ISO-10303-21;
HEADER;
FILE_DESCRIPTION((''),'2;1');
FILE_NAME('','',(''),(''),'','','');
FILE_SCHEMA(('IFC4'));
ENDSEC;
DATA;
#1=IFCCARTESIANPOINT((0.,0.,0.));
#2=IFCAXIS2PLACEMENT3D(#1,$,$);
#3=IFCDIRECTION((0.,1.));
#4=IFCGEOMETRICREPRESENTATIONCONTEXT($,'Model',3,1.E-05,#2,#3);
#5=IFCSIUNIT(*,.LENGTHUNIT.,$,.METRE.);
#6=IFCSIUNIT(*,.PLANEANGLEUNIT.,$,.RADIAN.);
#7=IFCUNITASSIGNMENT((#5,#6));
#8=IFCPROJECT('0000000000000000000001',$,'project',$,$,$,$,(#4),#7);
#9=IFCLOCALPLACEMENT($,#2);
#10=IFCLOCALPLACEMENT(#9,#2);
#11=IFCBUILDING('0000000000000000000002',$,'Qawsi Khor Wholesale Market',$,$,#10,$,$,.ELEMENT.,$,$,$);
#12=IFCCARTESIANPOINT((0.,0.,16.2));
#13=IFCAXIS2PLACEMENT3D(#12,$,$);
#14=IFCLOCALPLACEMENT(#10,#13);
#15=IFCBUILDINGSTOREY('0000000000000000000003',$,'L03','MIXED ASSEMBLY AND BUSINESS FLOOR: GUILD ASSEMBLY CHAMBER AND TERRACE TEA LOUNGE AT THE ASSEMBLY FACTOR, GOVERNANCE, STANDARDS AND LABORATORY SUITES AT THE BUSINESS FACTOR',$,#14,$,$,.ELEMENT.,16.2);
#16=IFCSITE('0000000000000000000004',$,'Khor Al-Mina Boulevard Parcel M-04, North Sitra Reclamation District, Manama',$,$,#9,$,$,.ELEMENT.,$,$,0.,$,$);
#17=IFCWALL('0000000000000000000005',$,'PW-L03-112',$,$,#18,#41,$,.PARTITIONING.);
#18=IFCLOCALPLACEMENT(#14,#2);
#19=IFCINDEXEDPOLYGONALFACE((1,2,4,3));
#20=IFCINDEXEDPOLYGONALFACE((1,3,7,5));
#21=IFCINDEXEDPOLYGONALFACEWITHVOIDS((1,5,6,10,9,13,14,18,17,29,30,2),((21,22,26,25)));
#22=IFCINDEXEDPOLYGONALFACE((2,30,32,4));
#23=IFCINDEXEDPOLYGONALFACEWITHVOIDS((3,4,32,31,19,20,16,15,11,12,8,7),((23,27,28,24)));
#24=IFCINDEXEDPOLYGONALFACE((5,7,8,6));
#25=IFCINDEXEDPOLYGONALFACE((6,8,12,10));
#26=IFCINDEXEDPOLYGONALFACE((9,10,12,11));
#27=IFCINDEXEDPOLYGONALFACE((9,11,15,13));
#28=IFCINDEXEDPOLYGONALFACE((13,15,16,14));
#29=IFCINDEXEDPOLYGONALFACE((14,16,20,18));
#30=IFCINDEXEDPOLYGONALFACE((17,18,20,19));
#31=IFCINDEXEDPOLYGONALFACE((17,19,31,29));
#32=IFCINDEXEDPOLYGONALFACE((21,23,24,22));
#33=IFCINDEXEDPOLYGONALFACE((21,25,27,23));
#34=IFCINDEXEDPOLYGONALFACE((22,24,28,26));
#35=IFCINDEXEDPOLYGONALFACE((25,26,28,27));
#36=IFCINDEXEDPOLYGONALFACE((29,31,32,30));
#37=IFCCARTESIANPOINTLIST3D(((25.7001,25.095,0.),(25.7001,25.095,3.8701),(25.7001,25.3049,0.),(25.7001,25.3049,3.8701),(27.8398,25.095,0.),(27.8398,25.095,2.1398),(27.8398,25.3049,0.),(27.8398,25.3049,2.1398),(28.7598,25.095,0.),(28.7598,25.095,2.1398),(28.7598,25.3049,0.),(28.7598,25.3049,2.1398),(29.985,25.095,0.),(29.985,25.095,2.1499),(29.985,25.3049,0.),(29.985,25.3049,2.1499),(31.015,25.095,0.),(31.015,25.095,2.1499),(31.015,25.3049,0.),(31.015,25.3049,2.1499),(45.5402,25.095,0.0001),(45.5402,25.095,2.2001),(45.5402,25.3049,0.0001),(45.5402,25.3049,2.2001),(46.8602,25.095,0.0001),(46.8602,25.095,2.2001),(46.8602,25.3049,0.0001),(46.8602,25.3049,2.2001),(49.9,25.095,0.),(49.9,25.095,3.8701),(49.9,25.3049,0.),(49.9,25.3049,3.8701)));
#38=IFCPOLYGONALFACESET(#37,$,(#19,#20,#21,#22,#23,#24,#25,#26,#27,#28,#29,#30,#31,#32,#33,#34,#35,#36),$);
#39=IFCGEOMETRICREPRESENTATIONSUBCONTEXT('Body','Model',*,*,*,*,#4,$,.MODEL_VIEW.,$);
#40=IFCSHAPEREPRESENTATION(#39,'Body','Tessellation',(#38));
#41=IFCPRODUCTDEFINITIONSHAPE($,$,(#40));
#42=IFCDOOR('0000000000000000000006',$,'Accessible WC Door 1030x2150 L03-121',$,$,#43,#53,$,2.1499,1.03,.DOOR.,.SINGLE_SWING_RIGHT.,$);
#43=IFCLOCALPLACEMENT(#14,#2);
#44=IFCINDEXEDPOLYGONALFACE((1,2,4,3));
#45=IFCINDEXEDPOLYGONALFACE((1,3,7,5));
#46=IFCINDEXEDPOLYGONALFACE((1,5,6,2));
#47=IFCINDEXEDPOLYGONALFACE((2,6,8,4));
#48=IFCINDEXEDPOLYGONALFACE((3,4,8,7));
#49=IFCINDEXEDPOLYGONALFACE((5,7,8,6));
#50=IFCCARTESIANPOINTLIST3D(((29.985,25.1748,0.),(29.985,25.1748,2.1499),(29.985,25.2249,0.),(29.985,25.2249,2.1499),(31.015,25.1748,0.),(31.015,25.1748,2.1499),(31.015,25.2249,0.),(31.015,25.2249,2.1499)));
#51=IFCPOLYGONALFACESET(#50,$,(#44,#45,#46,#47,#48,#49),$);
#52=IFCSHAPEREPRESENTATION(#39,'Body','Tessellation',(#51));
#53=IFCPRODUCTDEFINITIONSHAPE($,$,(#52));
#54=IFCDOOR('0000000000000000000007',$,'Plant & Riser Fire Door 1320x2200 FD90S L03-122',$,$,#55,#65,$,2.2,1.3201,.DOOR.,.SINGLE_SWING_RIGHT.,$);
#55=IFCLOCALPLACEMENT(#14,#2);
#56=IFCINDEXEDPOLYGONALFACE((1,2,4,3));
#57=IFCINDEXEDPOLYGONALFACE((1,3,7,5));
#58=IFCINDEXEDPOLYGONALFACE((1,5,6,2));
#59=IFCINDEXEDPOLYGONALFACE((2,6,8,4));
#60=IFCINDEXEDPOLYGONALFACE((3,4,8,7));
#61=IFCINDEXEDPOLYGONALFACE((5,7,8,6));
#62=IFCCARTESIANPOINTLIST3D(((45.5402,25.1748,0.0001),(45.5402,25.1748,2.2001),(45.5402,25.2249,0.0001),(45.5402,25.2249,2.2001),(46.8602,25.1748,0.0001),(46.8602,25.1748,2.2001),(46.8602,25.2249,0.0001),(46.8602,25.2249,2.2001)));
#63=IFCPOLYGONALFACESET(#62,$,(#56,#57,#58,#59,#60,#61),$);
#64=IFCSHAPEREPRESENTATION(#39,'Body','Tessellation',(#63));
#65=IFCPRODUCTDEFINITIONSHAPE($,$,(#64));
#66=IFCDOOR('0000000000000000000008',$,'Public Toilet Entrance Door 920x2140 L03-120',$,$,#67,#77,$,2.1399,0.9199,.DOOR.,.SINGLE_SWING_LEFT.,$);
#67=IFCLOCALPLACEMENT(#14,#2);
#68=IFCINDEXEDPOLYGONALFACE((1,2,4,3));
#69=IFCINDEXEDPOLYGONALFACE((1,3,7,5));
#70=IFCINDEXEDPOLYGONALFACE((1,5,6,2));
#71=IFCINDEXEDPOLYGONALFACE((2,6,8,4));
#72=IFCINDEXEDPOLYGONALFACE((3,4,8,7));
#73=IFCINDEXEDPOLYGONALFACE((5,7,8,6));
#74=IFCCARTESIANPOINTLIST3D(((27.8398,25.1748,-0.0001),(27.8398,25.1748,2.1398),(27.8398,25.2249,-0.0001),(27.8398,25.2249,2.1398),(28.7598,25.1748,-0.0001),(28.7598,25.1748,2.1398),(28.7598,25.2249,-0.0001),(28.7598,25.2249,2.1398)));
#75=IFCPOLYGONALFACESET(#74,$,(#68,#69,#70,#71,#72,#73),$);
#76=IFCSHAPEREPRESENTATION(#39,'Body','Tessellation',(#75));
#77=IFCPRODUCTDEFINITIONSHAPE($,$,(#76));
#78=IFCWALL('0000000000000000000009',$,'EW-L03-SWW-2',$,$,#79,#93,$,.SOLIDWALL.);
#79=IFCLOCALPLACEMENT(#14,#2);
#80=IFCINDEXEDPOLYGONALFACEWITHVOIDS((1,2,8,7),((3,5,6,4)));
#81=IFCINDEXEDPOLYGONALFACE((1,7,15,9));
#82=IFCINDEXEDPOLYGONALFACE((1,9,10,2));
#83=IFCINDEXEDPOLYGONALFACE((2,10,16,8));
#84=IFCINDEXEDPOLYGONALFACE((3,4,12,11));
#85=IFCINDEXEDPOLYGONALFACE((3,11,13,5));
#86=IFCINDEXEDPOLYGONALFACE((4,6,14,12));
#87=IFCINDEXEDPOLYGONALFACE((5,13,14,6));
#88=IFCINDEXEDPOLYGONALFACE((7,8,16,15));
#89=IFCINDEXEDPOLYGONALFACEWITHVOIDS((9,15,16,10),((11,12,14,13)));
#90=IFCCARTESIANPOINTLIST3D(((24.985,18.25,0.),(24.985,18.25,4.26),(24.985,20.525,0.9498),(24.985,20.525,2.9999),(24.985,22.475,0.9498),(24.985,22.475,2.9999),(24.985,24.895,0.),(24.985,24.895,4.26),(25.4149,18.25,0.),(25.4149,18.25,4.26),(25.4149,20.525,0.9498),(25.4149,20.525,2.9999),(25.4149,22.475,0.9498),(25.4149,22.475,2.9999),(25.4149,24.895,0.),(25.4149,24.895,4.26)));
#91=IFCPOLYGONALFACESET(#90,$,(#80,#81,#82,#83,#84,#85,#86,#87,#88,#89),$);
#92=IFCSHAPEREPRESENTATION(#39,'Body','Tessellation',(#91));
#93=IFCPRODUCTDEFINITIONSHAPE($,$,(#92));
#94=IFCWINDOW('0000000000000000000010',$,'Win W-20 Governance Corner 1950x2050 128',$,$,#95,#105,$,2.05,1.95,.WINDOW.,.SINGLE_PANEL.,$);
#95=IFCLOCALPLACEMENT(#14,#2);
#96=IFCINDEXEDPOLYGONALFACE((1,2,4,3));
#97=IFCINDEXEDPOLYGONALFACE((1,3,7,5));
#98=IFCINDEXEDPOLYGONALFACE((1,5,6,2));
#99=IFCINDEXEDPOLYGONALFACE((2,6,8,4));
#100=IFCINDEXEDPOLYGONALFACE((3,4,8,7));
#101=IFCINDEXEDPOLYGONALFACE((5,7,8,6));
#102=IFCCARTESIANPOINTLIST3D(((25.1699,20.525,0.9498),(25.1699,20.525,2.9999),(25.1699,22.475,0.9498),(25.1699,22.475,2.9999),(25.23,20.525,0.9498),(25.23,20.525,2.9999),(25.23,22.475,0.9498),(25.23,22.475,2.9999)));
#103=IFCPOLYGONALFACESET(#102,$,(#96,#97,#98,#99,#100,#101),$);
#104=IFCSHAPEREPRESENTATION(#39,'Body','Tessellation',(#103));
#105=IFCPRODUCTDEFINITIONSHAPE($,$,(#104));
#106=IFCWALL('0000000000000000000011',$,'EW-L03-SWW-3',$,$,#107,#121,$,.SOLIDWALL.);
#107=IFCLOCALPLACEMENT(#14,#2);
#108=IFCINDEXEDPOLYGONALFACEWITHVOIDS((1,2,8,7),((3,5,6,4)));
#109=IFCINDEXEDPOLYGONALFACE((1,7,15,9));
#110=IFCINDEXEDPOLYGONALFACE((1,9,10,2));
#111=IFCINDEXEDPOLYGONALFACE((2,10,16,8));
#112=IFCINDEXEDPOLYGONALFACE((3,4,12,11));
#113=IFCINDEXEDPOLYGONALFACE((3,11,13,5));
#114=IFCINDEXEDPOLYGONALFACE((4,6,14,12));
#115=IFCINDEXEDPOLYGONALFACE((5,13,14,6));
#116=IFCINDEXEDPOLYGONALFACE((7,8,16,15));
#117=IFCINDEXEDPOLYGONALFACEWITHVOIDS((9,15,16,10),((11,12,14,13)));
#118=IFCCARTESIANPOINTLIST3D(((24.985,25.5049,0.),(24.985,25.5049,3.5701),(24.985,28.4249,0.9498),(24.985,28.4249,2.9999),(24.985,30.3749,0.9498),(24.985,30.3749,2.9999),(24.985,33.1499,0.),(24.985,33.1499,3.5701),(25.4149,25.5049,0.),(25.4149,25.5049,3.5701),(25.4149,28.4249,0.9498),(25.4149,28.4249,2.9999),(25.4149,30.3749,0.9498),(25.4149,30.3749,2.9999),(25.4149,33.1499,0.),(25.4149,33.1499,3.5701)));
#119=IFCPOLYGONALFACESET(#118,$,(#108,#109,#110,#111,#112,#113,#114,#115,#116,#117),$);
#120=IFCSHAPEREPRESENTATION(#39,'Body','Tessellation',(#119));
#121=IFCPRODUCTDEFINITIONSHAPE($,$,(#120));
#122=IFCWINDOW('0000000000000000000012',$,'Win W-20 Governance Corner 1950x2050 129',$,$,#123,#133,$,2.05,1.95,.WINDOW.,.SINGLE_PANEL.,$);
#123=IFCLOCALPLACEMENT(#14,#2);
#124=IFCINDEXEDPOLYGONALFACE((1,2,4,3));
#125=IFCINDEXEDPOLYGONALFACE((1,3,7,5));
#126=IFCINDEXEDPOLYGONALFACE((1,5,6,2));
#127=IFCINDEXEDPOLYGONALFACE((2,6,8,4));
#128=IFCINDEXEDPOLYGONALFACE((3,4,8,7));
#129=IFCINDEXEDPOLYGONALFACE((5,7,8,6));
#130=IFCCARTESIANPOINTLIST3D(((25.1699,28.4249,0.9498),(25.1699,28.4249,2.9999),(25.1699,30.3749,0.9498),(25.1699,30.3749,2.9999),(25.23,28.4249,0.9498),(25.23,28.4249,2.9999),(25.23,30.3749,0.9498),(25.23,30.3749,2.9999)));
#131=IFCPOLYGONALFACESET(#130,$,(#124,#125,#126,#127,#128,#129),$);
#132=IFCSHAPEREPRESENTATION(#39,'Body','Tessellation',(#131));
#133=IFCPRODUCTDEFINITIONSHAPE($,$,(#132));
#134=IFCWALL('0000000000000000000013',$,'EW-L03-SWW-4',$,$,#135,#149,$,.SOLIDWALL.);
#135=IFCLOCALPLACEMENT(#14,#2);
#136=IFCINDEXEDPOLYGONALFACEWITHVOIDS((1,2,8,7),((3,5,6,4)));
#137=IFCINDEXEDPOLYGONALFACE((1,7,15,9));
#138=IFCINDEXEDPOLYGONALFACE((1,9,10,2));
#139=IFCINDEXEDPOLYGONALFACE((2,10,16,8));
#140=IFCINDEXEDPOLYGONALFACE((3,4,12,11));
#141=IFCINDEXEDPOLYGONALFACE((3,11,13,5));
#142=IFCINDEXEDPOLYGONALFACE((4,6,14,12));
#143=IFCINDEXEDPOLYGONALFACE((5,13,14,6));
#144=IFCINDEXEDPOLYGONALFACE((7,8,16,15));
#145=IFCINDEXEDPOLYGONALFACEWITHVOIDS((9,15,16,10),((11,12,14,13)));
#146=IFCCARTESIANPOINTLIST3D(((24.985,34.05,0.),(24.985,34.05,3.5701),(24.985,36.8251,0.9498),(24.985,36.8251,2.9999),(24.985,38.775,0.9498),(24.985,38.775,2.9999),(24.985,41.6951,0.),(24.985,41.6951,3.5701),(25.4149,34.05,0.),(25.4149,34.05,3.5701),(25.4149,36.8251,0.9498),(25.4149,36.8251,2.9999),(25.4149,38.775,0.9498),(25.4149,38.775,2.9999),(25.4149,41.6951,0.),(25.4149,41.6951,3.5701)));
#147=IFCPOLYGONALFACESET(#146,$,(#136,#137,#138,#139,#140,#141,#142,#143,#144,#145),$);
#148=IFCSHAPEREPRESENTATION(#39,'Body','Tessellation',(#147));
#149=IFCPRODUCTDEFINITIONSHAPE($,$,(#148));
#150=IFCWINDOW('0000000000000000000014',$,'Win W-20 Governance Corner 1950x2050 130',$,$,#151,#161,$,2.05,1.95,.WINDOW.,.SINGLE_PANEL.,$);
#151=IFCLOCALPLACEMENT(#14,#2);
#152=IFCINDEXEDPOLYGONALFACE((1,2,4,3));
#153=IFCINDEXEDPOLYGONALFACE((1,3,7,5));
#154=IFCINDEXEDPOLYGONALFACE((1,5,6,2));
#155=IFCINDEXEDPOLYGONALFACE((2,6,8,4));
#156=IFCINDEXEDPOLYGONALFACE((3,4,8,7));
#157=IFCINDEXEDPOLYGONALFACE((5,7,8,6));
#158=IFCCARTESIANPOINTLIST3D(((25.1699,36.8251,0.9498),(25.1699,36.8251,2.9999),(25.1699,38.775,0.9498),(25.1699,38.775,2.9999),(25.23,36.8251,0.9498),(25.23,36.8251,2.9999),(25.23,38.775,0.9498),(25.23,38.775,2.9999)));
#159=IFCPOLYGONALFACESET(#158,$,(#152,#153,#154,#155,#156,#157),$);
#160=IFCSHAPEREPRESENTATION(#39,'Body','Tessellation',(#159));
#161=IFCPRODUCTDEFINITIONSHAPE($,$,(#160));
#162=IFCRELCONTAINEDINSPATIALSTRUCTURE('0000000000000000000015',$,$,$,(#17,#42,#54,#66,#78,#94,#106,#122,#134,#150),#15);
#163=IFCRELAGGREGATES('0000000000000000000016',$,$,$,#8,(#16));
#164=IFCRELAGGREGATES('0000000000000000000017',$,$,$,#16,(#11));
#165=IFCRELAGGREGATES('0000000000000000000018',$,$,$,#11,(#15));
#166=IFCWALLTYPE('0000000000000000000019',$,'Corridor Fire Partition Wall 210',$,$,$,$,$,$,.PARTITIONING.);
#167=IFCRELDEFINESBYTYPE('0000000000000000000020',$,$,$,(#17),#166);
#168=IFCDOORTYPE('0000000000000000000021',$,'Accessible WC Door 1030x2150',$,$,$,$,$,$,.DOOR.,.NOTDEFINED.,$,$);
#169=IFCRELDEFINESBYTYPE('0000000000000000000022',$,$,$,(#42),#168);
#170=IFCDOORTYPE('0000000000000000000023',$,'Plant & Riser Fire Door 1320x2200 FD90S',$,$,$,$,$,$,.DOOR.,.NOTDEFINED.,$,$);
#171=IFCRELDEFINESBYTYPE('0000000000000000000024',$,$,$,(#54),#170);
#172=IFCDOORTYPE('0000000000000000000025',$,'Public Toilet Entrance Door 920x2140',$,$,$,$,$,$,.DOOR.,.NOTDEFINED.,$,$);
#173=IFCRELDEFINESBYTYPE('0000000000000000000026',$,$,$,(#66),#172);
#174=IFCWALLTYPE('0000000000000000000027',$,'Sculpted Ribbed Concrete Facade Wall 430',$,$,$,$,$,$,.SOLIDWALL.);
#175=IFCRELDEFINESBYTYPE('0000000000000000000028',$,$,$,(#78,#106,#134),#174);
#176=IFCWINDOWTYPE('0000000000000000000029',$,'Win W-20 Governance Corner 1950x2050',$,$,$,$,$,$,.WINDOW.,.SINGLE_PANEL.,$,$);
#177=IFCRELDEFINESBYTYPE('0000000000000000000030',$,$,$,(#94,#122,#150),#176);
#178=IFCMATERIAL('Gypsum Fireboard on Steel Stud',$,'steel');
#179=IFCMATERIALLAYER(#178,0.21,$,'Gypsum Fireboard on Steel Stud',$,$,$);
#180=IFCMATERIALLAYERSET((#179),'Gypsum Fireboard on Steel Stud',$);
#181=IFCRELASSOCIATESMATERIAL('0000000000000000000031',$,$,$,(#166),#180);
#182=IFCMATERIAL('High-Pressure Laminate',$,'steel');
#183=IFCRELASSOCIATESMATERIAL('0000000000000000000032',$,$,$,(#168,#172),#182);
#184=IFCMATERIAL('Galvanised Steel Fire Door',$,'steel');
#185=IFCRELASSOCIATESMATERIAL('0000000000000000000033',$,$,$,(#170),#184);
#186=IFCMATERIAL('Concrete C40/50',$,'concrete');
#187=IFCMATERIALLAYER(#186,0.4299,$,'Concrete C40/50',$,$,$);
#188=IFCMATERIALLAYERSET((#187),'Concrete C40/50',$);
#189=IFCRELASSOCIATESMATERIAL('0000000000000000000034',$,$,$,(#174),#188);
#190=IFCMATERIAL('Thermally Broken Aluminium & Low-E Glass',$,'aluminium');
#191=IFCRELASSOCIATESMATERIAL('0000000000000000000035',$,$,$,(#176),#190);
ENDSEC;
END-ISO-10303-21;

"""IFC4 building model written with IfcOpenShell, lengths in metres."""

from ifc_helpers import new_model, si_unit, direction, frame, frame_2d, origin, place, context, subcontext, project, spatial, rectangle, extrude, material, layer, layer_set, type_object, element, fill, save


model = new_model("IFC4")

# Units and contexts
model_context = context("Model", 3, precision=1e-05, world=origin(), true_north=direction((0.0, 1.0)))
body_context = subcontext(model_context, "Body", "Model", "MODEL_VIEW")
ifc_project = project(units=[si_unit("LENGTHUNIT", "METRE"), si_unit("PLANEANGLEUNIT", "RADIAN")], contexts=[model_context])

# Site, building, storey
site_placement = place(None, origin())
site = spatial("IfcSite", under=ifc_project, at=site_placement, Name="Khor Al-Mina Boulevard Parcel M-04, North Sitra Reclamation District, Manama", CompositionType="ELEMENT", RefElevation=0.0)
building_placement = place(site_placement, origin())
building = spatial("IfcBuilding", under=site, at=building_placement, Name="Qawsi Khor Wholesale Market", CompositionType="ELEMENT")
storey_placement = place(building_placement, frame((0.0, 0.0, 16.2)))
storey = spatial("IfcBuildingStorey", under=building, at=storey_placement, Name="L03", Description="MIXED ASSEMBLY AND BUSINESS FLOOR: GUILD ASSEMBLY CHAMBER AND TERRACE TEA LOUNGE AT THE ASSEMBLY FACTOR, GOVERNANCE, STANDARDS AND LABORATORY SUITES AT THE BUSINESS FACTOR", CompositionType="ELEMENT", Elevation=16.2)

# Shared definitions
ifc_material_1 = material(Name="Concrete C40/50", Category="concrete")

# Wall, openings, doors
ifc_material_2 = material(Name="Gypsum Fireboard on Steel Stud", Category="steel")
ifc_layer_1 = layer(ifc_material_2, 0.21, Name="Gypsum Fireboard on Steel Stud")
ifc_layer_set_1 = layer_set([ifc_layer_1], Name="Gypsum Fireboard on Steel Stud")
wall_type_1 = type_object("IfcWallType", Name="Corridor Fire Partition Wall 210", PredefinedType="PARTITIONING", material=ifc_layer_set_1)
wall_1_placement = place(storey_placement, frame((25.7, 25.2, 0.0), z_axis=(0.0, 0.0, 1.0), x_axis=(1.0, 0.0, 0.0)))
wall_1 = element("IfcWall", 1, at=wall_1_placement, inside=storey, type_object=wall_type_1, Name="PW-L03-112", PredefinedType="PARTITIONING", context=body_context, shape_type="SweptSolid", body=[
    extrude(rectangle(XDim=24.2, YDim=0.21, at=frame_2d((12.1001, 0.0))), origin(), (0.0, 0.0, 1.0), 3.8701),
])
opening_1_placement = place(wall_1_placement, frame((2.1399, 0.0, 0.0)))
opening_1 = element("IfcOpeningElement", 2, at=opening_1_placement, cuts=wall_1, PredefinedType="OPENING", context=body_context, shape_type="SweptSolid", body=[
    extrude(rectangle(XDim=0.9199, YDim=2.1399, at=frame_2d((0.46, 1.0698))), frame((0.0, 0.115, 0.0), z_axis=(0.0, -1.0, 0.0), x_axis=(1.0, 0.0, 0.0)), (0.0, 0.0, 1.0), 0.23),
])
opening_2_placement = place(wall_1_placement, frame((4.2849, 0.0, 0.0)))
opening_2 = element("IfcOpeningElement", 3, at=opening_2_placement, cuts=wall_1, PredefinedType="OPENING", context=body_context, shape_type="SweptSolid", body=[
    extrude(rectangle(XDim=1.03, YDim=2.1499, at=frame_2d((0.5151, 1.075))), frame((0.0, 0.115, 0.0), z_axis=(0.0, -1.0, 0.0), x_axis=(1.0, 0.0, 0.0)), (0.0, 0.0, 1.0), 0.23),
])
opening_3_placement = place(wall_1_placement, frame((19.8401, 0.0, 0.0)))
opening_3 = element("IfcOpeningElement", 4, at=opening_3_placement, cuts=wall_1, PredefinedType="OPENING", context=body_context, shape_type="SweptSolid", body=[
    extrude(rectangle(XDim=1.3201, YDim=2.2, at=frame_2d((0.6602, 1.1001))), frame((0.0, 0.115, 0.0), z_axis=(0.0, -1.0, 0.0), x_axis=(1.0, 0.0, 0.0)), (0.0, 0.0, 1.0), 0.23),
])
ifc_material_3 = material(Name="High-Pressure Laminate", Category="steel")
door_type_1 = type_object("IfcDoorType", Name="Accessible WC Door 1030x2150", OperationType="NOTDEFINED", PredefinedType="DOOR", material=ifc_material_3)
door_1_placement = place(opening_2_placement, origin())
door_1 = element("IfcDoor", 5, at=door_1_placement, inside=storey, type_object=door_type_1, Name="Accessible WC Door 1030x2150 L03-121", OperationType="SINGLE_SWING_RIGHT", OverallHeight=2.1499, OverallWidth=1.03, PredefinedType="DOOR", context=body_context, shape_type="SweptSolid", body=[
    extrude(rectangle(XDim=1.03, YDim=2.1499, at=frame_2d((0.5151, 1.075))), frame((0.0, 0.0249, 0.0), z_axis=(0.0, -1.0, 0.0), x_axis=(1.0, 0.0, 0.0)), (0.0, 0.0, 1.0), 0.05),
])
fill(opening_2, door_1)
ifc_material_4 = material(Name="Galvanised Steel Fire Door", Category="steel")
door_type_2 = type_object("IfcDoorType", Name="Plant & Riser Fire Door 1320x2200 FD90S", OperationType="NOTDEFINED", PredefinedType="DOOR", material=ifc_material_4)
door_2_placement = place(opening_3_placement, origin())
door_2 = element("IfcDoor", 6, at=door_2_placement, inside=storey, type_object=door_type_2, Name="Plant & Riser Fire Door 1320x2200 FD90S L03-122", OperationType="SINGLE_SWING_RIGHT", OverallHeight=2.2, OverallWidth=1.3201, PredefinedType="DOOR", context=body_context, shape_type="SweptSolid", body=[
    extrude(rectangle(XDim=1.3201, YDim=2.2, at=frame_2d((0.6602, 1.1001))), frame((0.0, 0.0249, 0.0), z_axis=(0.0, -1.0, 0.0), x_axis=(1.0, 0.0, 0.0)), (0.0, 0.0, 1.0), 0.05),
])
fill(opening_3, door_2)
door_type_3 = type_object("IfcDoorType", Name="Public Toilet Entrance Door 920x2140", OperationType="NOTDEFINED", PredefinedType="DOOR", material=ifc_material_3)
door_3_placement = place(opening_1_placement, origin())
door_3 = element("IfcDoor", 7, at=door_3_placement, inside=storey, type_object=door_type_3, Name="Public Toilet Entrance Door 920x2140 L03-120", OperationType="SINGLE_SWING_LEFT", OverallHeight=2.1399, OverallWidth=0.9199, PredefinedType="DOOR", context=body_context, shape_type="SweptSolid", body=[
    extrude(rectangle(XDim=0.9199, YDim=2.1399, at=frame_2d((0.46, 1.0698))), frame((0.0, 0.0249, 0.0), z_axis=(0.0, -1.0, 0.0), x_axis=(1.0, 0.0, 0.0)), (0.0, 0.0, 1.0), 0.05),
])
fill(opening_1, door_3)

# Walls, openings, windows
ifc_layer_2 = layer(ifc_material_1, 0.4299, Name="Concrete C40/50")
ifc_layer_set_2 = layer_set([ifc_layer_2], Name="Concrete C40/50")
wall_type_2 = type_object("IfcWallType", Name="Sculpted Ribbed Concrete Facade Wall 430", PredefinedType="SOLIDWALL", material=ifc_layer_set_2)
wall_2_placement = place(storey_placement, frame((25.2, 18.25, 0.0), z_axis=(0.0, 0.0, 1.0), x_axis=(0.0, 1.0, 0.0)))
wall_2 = element("IfcWall", 8, at=wall_2_placement, inside=storey, type_object=wall_type_2, Name="EW-L03-SWW-2", PredefinedType="SOLIDWALL", context=body_context, shape_type="SweptSolid", body=[
    extrude(rectangle(XDim=6.645, YDim=0.4299, at=frame_2d((3.3225, 0.0))), origin(), (0.0, 0.0, 1.0), 4.26),
])
opening_4_placement = place(wall_2_placement, frame((2.2749, 0.0, 0.95)))
opening_4 = element("IfcOpeningElement", 9, at=opening_4_placement, cuts=wall_2, PredefinedType="OPENING", context=body_context, shape_type="SweptSolid", body=[
    extrude(rectangle(XDim=1.95, YDim=2.05, at=frame_2d((0.9751, 1.0249))), frame((0.0, 0.2249, 0.0), z_axis=(0.0, -1.0, 0.0), x_axis=(1.0, 0.0, 0.0)), (0.0, 0.0, 1.0), 0.45),
])
ifc_material_5 = material(Name="Thermally Broken Aluminium & Low-E Glass", Category="aluminium")
window_type = type_object("IfcWindowType", Name="Win W-20 Governance Corner 1950x2050", PartitioningType="SINGLE_PANEL", PredefinedType="WINDOW", material=ifc_material_5)
window_1_placement = place(opening_4_placement, origin())
window_1 = element("IfcWindow", 10, at=window_1_placement, inside=storey, type_object=window_type, Name="Win W-20 Governance Corner 1950x2050 128", OverallHeight=2.05, OverallWidth=1.95, PartitioningType="SINGLE_PANEL", PredefinedType="WINDOW", context=body_context, shape_type="SweptSolid", body=[
    extrude(rectangle(XDim=1.95, YDim=2.05, at=frame_2d((0.9751, 1.0249))), frame((0.0, 0.03, 0.0), z_axis=(0.0, -1.0, 0.0), x_axis=(1.0, 0.0, 0.0)), (0.0, 0.0, 1.0), 0.0601),
])
fill(opening_4, window_1)
wall_3_placement = place(storey_placement, frame((25.2, 25.5049, 0.0), z_axis=(0.0, 0.0, 1.0), x_axis=(0.0, 1.0, 0.0)))
wall_3 = element("IfcWall", 11, at=wall_3_placement, inside=storey, type_object=wall_type_2, Name="EW-L03-SWW-3", PredefinedType="SOLIDWALL", context=body_context, shape_type="SweptSolid", body=[
    extrude(rectangle(XDim=7.645, YDim=0.4299, at=frame_2d((3.8225, 0.0))), origin(), (0.0, 0.0, 1.0), 3.5701),
])
opening_5_placement = place(wall_3_placement, frame((2.9199, 0.0, 0.95)))
opening_5 = element("IfcOpeningElement", 12, at=opening_5_placement, cuts=wall_3, PredefinedType="OPENING", context=body_context, shape_type="SweptSolid", body=[
    extrude(rectangle(XDim=1.95, YDim=2.05, at=frame_2d((0.9751, 1.0249))), frame((0.0, 0.2249, 0.0), z_axis=(0.0, -1.0, 0.0), x_axis=(1.0, 0.0, 0.0)), (0.0, 0.0, 1.0), 0.45),
])
window_2_placement = place(opening_5_placement, origin())
window_2 = element("IfcWindow", 13, at=window_2_placement, inside=storey, type_object=window_type, Name="Win W-20 Governance Corner 1950x2050 129", OverallHeight=2.05, OverallWidth=1.95, PartitioningType="SINGLE_PANEL", PredefinedType="WINDOW", context=body_context, shape_type="SweptSolid", body=[
    extrude(rectangle(XDim=1.95, YDim=2.05, at=frame_2d((0.9751, 1.0249))), frame((0.0, 0.03, 0.0), z_axis=(0.0, -1.0, 0.0), x_axis=(1.0, 0.0, 0.0)), (0.0, 0.0, 1.0), 0.0601),
])
fill(opening_5, window_2)
wall_4_placement = place(storey_placement, frame((25.2, 34.05, 0.0), z_axis=(0.0, 0.0, 1.0), x_axis=(0.0, 1.0, 0.0)))
wall_4 = element("IfcWall", 14, at=wall_4_placement, inside=storey, type_object=wall_type_2, Name="EW-L03-SWW-4", PredefinedType="SOLIDWALL", context=body_context, shape_type="SweptSolid", body=[
    extrude(rectangle(XDim=7.645, YDim=0.4299, at=frame_2d((3.8225, 0.0))), origin(), (0.0, 0.0, 1.0), 3.5701),
])
opening_6_placement = place(wall_4_placement, frame((2.7749, 0.0, 0.95)))
opening_6 = element("IfcOpeningElement", 15, at=opening_6_placement, cuts=wall_4, PredefinedType="OPENING", context=body_context, shape_type="SweptSolid", body=[
    extrude(rectangle(XDim=1.95, YDim=2.05, at=frame_2d((0.9751, 1.0249))), frame((0.0, 0.2249, 0.0), z_axis=(0.0, -1.0, 0.0), x_axis=(1.0, 0.0, 0.0)), (0.0, 0.0, 1.0), 0.45),
])
window_3_placement = place(opening_6_placement, origin())
window_3 = element("IfcWindow", 16, at=window_3_placement, inside=storey, type_object=window_type, Name="Win W-20 Governance Corner 1950x2050 130", OverallHeight=2.05, OverallWidth=1.95, PartitioningType="SINGLE_PANEL", PredefinedType="WINDOW", context=body_context, shape_type="SweptSolid", body=[
    extrude(rectangle(XDim=1.95, YDim=2.05, at=frame_2d((0.9751, 1.0249))), frame((0.0, 0.03, 0.0), z_axis=(0.0, -1.0, 0.0), x_axis=(1.0, 0.0, 0.0)), (0.0, 0.0, 1.0), 0.0601),
])
fill(opening_6, window_3)

save(model, "model.ifc")
